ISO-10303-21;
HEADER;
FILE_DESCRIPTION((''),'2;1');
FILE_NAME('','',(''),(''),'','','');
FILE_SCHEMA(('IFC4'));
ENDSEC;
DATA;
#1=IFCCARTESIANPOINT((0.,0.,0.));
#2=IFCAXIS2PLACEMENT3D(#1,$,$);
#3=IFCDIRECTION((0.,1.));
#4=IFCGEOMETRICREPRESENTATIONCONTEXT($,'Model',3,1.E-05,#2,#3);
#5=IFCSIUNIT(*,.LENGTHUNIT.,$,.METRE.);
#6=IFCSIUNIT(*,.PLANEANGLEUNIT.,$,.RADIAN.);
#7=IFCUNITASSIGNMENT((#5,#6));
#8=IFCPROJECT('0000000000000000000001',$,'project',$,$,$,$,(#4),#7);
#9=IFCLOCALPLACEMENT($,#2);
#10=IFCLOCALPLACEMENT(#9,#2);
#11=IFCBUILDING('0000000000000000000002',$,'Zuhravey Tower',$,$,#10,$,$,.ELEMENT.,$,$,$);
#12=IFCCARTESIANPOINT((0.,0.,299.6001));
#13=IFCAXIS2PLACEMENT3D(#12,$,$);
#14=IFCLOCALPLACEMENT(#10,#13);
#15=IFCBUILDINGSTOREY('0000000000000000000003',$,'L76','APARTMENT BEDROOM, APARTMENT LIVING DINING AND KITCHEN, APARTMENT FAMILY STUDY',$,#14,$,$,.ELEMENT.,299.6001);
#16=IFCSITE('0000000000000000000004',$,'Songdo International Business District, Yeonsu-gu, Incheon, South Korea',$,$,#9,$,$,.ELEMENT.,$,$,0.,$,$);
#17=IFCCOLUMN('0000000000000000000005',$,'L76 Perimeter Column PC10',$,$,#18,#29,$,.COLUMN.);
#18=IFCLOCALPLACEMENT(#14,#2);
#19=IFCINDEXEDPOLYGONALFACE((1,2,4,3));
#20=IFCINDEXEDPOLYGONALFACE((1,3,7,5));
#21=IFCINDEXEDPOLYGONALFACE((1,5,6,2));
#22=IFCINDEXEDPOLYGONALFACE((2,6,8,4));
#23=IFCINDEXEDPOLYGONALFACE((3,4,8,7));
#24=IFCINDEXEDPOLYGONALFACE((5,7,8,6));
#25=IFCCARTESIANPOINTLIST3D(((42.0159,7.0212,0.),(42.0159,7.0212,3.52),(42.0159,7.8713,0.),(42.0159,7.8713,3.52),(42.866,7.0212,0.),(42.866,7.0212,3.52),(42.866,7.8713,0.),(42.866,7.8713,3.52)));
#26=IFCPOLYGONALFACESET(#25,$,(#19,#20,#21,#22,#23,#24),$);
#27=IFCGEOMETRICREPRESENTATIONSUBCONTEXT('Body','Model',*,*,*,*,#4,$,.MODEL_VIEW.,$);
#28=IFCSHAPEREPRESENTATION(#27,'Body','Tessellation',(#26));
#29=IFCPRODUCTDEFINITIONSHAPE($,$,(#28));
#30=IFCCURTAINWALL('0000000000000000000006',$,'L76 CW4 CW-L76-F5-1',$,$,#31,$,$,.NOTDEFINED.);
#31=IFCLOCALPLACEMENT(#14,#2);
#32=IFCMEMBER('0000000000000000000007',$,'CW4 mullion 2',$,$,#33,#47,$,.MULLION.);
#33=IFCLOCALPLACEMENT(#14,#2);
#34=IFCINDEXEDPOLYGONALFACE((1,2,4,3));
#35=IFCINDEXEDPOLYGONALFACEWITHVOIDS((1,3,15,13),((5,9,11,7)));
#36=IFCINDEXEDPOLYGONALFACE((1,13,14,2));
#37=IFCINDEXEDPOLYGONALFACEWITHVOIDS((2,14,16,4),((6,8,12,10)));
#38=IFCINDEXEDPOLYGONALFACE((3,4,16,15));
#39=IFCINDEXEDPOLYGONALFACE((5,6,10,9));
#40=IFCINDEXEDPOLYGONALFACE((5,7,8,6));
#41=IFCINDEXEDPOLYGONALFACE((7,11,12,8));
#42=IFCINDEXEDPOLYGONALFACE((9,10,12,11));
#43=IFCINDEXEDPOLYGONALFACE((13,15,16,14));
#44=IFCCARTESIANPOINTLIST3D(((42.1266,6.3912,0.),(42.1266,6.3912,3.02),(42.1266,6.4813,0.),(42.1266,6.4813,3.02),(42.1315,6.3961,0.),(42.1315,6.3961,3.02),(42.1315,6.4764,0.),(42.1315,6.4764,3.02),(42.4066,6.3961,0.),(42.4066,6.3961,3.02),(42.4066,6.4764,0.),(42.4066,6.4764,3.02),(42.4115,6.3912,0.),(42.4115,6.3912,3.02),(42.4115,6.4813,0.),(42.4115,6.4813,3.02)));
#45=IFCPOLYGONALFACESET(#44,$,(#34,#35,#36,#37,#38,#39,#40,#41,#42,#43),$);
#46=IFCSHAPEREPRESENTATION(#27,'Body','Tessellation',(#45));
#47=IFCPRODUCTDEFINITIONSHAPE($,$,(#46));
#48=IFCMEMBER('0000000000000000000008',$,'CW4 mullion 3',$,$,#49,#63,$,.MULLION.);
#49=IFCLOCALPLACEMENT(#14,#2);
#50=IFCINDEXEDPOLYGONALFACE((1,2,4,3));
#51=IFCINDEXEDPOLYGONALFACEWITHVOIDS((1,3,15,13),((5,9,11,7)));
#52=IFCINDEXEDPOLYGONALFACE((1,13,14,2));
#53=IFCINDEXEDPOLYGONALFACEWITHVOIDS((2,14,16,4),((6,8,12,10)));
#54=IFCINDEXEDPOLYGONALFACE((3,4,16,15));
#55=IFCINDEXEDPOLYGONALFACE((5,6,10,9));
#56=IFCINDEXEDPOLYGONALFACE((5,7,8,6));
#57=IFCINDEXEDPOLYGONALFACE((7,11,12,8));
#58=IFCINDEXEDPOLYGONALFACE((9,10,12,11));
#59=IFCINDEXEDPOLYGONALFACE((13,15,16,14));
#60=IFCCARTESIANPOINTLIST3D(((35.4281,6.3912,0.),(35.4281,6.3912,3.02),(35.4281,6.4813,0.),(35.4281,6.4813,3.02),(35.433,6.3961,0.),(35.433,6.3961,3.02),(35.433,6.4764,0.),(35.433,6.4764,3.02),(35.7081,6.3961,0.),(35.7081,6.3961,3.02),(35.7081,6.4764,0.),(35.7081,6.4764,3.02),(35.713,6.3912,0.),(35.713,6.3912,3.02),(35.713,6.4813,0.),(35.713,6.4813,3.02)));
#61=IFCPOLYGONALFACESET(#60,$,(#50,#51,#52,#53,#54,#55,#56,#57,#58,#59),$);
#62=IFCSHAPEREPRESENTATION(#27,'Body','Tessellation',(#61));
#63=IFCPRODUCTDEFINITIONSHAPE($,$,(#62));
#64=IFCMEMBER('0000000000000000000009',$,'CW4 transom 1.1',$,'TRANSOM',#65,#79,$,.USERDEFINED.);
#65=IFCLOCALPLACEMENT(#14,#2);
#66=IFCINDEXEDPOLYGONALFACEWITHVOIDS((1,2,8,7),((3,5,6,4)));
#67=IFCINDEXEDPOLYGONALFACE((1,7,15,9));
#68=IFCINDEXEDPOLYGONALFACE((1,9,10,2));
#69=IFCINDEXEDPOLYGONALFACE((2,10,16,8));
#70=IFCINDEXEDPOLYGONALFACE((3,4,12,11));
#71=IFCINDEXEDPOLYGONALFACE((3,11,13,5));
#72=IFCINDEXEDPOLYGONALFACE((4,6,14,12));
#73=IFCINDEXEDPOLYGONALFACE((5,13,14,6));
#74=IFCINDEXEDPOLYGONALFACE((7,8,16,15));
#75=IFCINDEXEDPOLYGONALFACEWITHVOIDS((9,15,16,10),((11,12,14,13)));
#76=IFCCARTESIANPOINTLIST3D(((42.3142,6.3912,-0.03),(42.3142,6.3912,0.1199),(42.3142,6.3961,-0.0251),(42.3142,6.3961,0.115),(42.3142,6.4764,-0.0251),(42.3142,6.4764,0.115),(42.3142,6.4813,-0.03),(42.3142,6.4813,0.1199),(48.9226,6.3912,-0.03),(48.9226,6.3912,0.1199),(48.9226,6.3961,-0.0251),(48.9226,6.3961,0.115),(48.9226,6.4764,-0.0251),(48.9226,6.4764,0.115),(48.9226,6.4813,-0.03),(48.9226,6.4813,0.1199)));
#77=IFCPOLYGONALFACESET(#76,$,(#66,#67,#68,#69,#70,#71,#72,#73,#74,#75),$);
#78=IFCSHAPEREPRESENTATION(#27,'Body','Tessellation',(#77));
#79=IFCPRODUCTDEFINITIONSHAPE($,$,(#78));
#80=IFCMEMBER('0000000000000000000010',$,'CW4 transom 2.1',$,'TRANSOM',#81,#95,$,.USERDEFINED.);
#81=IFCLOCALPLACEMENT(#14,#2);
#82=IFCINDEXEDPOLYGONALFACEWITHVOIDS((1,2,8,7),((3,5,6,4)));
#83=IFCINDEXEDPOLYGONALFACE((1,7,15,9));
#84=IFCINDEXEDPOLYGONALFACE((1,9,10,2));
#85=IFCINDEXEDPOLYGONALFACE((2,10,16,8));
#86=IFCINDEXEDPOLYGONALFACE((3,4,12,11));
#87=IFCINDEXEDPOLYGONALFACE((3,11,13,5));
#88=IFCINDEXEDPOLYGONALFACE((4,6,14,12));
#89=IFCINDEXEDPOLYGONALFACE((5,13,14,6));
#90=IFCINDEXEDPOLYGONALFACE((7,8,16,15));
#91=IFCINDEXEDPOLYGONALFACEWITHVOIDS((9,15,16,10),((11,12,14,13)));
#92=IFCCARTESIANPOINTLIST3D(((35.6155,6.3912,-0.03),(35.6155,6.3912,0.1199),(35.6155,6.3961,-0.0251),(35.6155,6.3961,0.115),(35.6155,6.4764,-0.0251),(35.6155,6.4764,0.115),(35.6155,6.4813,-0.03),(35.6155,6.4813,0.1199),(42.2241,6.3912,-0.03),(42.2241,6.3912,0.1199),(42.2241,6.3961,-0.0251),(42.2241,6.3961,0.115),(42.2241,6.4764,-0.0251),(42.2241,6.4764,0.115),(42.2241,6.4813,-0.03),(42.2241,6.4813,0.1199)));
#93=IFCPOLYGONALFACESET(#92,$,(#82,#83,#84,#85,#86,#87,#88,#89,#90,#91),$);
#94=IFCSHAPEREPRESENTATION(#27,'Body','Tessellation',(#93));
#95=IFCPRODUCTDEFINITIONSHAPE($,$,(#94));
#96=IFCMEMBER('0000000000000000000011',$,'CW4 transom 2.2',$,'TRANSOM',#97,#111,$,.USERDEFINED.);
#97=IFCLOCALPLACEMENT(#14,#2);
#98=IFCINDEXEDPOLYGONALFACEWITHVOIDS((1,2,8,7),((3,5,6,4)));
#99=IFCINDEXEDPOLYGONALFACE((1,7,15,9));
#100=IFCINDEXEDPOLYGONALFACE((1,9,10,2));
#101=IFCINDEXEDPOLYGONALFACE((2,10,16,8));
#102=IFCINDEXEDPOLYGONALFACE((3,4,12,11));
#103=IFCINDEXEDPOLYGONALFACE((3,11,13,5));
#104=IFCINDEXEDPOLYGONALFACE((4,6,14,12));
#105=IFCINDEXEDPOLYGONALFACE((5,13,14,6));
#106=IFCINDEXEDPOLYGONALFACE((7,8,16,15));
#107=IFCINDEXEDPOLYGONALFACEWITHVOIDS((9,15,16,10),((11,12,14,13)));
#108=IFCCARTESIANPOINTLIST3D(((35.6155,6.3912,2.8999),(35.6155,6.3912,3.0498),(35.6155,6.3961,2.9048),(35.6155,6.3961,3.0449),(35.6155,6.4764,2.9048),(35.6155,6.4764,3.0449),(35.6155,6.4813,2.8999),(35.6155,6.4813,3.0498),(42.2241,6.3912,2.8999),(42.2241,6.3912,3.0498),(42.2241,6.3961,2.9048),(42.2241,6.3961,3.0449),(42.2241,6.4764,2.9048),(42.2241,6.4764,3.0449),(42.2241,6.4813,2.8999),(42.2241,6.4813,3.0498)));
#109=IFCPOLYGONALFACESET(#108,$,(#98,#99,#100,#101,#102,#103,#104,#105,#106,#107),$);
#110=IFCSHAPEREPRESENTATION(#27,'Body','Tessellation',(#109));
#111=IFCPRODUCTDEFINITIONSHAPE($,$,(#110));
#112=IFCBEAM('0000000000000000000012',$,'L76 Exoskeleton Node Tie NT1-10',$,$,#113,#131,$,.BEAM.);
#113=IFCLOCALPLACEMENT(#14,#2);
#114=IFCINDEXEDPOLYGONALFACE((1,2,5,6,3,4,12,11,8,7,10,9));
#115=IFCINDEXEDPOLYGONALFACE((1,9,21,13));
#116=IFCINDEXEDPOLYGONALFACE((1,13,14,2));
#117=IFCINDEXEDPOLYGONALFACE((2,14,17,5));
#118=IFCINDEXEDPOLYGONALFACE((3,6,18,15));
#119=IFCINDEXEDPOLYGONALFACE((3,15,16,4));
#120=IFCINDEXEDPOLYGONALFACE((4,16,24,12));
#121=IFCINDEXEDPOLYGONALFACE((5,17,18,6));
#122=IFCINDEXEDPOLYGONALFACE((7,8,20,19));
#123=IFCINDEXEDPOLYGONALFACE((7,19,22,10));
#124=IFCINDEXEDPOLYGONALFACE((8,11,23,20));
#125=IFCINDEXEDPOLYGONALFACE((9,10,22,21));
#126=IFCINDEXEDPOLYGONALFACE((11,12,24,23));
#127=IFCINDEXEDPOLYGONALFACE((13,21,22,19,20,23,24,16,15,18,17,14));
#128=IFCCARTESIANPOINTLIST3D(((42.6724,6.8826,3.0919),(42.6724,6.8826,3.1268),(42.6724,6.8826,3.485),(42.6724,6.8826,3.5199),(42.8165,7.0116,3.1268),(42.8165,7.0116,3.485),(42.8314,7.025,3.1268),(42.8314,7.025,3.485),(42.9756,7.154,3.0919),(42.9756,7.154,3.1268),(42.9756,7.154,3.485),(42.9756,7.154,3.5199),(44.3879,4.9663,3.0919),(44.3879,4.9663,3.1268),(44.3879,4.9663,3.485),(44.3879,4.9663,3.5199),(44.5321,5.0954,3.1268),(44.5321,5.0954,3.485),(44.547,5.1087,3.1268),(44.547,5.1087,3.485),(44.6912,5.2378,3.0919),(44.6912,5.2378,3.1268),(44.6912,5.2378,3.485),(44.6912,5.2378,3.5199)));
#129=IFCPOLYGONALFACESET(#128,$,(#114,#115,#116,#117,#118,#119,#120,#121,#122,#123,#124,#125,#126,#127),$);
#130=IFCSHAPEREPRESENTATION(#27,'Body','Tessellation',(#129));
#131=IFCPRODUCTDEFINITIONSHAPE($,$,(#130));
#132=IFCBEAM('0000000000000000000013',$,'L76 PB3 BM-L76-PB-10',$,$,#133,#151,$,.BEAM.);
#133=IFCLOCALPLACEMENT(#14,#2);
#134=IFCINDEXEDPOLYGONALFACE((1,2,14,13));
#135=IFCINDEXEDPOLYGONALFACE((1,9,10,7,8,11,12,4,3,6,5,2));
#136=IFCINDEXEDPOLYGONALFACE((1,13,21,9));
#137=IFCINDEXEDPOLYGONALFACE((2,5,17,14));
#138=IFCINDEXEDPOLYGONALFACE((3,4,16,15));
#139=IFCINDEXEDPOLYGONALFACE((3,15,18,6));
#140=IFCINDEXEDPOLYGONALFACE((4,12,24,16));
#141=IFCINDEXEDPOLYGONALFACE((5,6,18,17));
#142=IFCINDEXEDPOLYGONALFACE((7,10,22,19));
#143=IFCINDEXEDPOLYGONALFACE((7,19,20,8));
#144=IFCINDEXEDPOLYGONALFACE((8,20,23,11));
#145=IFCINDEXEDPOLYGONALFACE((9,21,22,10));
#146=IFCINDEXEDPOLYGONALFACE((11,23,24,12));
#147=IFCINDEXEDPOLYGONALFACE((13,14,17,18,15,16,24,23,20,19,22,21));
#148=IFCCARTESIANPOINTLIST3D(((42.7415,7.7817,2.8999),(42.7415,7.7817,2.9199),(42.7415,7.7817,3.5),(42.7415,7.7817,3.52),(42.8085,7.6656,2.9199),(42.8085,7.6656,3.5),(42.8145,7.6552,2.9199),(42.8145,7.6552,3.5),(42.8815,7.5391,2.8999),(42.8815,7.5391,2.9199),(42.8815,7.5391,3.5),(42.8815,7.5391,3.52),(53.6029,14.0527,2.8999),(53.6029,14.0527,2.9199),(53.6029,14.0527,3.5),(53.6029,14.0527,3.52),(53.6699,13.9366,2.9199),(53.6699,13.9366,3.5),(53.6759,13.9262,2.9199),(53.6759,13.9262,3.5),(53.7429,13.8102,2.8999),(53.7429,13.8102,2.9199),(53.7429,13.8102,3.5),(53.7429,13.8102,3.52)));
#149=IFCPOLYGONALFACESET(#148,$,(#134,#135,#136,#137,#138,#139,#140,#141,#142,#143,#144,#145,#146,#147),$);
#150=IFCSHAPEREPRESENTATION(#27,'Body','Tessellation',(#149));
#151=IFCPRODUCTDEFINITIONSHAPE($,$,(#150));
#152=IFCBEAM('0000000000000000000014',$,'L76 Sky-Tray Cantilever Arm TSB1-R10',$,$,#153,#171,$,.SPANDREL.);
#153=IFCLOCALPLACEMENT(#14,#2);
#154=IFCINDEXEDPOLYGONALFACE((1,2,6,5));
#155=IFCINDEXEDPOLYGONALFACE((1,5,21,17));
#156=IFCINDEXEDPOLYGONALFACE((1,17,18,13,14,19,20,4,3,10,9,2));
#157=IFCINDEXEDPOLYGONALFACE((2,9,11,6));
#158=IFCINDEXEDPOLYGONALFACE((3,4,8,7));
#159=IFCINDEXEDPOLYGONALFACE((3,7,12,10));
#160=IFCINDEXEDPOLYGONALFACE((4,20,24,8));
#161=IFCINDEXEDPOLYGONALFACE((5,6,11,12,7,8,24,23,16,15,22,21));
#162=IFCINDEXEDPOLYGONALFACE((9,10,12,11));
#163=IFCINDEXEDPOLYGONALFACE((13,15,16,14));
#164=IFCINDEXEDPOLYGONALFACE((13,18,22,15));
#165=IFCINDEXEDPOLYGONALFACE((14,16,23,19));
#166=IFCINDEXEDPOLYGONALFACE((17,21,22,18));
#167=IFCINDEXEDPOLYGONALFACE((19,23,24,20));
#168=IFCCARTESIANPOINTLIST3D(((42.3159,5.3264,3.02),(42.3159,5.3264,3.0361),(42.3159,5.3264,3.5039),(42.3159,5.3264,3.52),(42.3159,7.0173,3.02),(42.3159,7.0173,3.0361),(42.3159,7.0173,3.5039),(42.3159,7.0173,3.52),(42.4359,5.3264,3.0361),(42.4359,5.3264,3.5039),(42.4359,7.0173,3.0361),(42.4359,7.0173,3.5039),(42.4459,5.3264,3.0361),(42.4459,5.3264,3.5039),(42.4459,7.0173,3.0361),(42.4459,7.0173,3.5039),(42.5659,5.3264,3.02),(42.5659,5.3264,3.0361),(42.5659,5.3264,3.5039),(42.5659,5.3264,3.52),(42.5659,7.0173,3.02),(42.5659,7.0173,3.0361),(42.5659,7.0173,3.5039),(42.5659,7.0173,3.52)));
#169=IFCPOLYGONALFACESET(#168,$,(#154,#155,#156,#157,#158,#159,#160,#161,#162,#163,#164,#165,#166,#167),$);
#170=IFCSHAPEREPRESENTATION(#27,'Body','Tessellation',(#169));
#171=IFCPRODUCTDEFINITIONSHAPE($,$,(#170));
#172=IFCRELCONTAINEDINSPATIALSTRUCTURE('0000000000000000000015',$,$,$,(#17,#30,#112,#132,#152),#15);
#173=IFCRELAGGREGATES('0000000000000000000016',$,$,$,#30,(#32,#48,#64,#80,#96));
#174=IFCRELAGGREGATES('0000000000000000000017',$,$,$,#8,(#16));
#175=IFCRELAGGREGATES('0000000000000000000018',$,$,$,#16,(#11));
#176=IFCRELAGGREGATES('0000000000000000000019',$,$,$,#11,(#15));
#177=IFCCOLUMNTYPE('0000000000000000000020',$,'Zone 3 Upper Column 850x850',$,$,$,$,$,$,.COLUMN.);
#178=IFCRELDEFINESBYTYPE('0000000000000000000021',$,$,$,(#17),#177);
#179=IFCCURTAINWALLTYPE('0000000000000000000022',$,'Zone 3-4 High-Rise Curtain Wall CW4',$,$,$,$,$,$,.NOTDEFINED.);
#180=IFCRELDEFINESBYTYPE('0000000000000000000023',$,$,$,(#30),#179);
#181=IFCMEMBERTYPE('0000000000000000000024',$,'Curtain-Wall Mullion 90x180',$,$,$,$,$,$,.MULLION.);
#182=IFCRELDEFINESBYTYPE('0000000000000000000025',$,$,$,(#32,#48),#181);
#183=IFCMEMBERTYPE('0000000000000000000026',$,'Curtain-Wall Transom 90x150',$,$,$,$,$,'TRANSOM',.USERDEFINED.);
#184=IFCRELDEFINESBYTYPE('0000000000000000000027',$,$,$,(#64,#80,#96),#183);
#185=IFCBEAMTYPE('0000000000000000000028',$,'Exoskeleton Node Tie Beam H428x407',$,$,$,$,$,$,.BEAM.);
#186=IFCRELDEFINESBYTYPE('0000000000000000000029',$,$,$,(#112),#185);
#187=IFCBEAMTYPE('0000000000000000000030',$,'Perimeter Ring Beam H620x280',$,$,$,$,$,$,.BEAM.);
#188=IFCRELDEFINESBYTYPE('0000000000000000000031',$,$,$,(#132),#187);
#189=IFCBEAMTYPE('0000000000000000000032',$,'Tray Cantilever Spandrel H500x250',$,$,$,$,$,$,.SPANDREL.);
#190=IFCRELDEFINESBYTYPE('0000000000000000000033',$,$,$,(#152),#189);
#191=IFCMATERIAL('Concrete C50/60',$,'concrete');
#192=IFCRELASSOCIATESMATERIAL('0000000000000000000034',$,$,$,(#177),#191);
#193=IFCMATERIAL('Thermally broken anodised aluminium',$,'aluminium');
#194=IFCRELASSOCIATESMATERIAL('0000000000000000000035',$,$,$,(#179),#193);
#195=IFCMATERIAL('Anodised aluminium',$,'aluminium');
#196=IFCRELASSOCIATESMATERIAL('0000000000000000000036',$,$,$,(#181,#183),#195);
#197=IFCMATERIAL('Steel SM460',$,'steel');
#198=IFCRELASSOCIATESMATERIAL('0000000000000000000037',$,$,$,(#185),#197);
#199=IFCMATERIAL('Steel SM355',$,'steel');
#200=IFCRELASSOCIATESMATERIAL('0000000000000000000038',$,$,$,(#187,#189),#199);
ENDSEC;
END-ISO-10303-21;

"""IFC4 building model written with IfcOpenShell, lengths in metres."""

from ifc_helpers import new_model, si_unit, direction, frame, origin, origin_2d, place, context, subcontext, project, spatial, rectangle, hollow_rectangle, i_section, extrude, material, material_profile, profile_set, type_object, element, aggregate, save


model = new_model("IFC4")

# Units and contexts
model_context = context("Model", 3, precision=1e-05, world=origin(), true_north=direction((0.0, 1.0)))
body_context = subcontext(model_context, "Body", "Model", "MODEL_VIEW")
ifc_project = project(units=[si_unit("LENGTHUNIT", "METRE"), si_unit("PLANEANGLEUNIT", "RADIAN")], contexts=[model_context])

# Site, building, storey
site_placement = place(None, origin())
site = spatial("IfcSite", under=ifc_project, at=site_placement, Name="Songdo International Business District, Yeonsu-gu, Incheon, South Korea", CompositionType="ELEMENT", RefElevation=0.0)
building_placement = place(site_placement, origin())
building = spatial("IfcBuilding", under=site, at=building_placement, Name="Zuhravey Tower", CompositionType="ELEMENT")
storey_placement = place(building_placement, frame((0.0, 0.0, 299.6001)))
storey = spatial("IfcBuildingStorey", under=building, at=storey_placement, Name="L76", Description="APARTMENT BEDROOM, APARTMENT LIVING DINING AND KITCHEN, APARTMENT FAMILY STUDY", CompositionType="ELEMENT", Elevation=299.6001)

# Column
ifc_material_1 = material(Name="Concrete C50/60", Category="concrete")
ifc_material_profile_1 = material_profile(ifc_material_1, rectangle(XDim=0.8501, YDim=0.8501, at=origin_2d()), Name="RC-850x850")
ifc_profile_set_1 = profile_set([ifc_material_profile_1], Name="Concrete C50/60")
column_type = type_object("IfcColumnType", Name="Zone 3 Upper Column 850x850", PredefinedType="COLUMN", material=ifc_profile_set_1)
column_placement = place(storey_placement, frame((42.4409, 7.4463, 0.0), z_axis=(0.0, 0.0, 1.0), x_axis=(1.0, 0.0, 0.0)))
element("IfcColumn", 1, at=column_placement, inside=storey, type_object=column_type, Name="L76 Perimeter Column PC10", PredefinedType="COLUMN", context=body_context, shape_type="SweptSolid", body=[
    extrude(rectangle(XDim=0.8501, YDim=0.8501, at=origin_2d()), origin(), (0.0, 0.0, 1.0), 3.52),
])

# Curtain wall, members
ifc_material_2 = material(Name="Thermally broken anodised aluminium", Category="aluminium")
curtain_wall_type = type_object("IfcCurtainWallType", Name="Zone 3-4 High-Rise Curtain Wall CW4", PredefinedType="NOTDEFINED", material=ifc_material_2)
curtain_wall_placement = place(storey_placement, origin())
curtain_wall = element("IfcCurtainWall", 2, at=curtain_wall_placement, inside=storey, type_object=curtain_wall_type, Name="L76 CW4 CW-L76-F5-1", PredefinedType="NOTDEFINED")
ifc_material_3 = material(Name="Anodised aluminium", Category="aluminium")
ifc_material_profile_2 = material_profile(ifc_material_3, hollow_rectangle(XDim=0.0901, YDim=0.2849, WallThickness=0.0049, at=origin_2d()), Name="ALU-RHS-90x285x5")
ifc_profile_set_2 = profile_set([ifc_material_profile_2], Name="Anodised aluminium")
member_type_1 = type_object("IfcMemberType", Name="Curtain-Wall Mullion 90x180", PredefinedType="MULLION", material=ifc_profile_set_2)
member_1_placement = place(storey_placement, frame((42.269, 6.4363, 0.0), z_axis=(0.0, 0.0, 1.0), x_axis=(0.0, -1.0, 0.0)))
member_1 = element("IfcMember", 3, at=member_1_placement, type_object=member_type_1, Name="CW4 mullion 2", PredefinedType="MULLION", context=body_context, shape_type="SweptSolid", body=[
    extrude(hollow_rectangle(XDim=0.0901, YDim=0.2849, WallThickness=0.0049, at=origin_2d()), origin(), (0.0, 0.0, 1.0), 3.02),
])
member_2_placement = place(storey_placement, frame((35.5706, 6.4363, 0.0), z_axis=(0.0, 0.0, 1.0), x_axis=(0.0, -1.0, 0.0)))
member_2 = element("IfcMember", 4, at=member_2_placement, type_object=member_type_1, Name="CW4 mullion 3", PredefinedType="MULLION", context=body_context, shape_type="SweptSolid", body=[
    extrude(hollow_rectangle(XDim=0.0901, YDim=0.2849, WallThickness=0.0049, at=origin_2d()), origin(), (0.0, 0.0, 1.0), 3.02),
])
ifc_material_profile_3 = material_profile(ifc_material_3, hollow_rectangle(XDim=0.0901, YDim=0.1499, WallThickness=0.0049, at=origin_2d()), Name="ALU-RHS-90x150x5")
ifc_profile_set_3 = profile_set([ifc_material_profile_3], Name="Anodised aluminium")
member_type_2 = type_object("IfcMemberType", Name="Curtain-Wall Transom 90x150", ElementType="TRANSOM", PredefinedType="USERDEFINED", material=ifc_profile_set_3)
member_3_placement = place(storey_placement, frame((48.9226, 6.4363, 0.0449), z_axis=(-1.0, 0.0, 0.0), x_axis=(0.0, -1.0, 0.0)))
member_3 = element("IfcMember", 5, at=member_3_placement, type_object=member_type_2, Name="CW4 transom 1.1", ObjectType="TRANSOM", PredefinedType="USERDEFINED", context=body_context, shape_type="SweptSolid", body=[
    extrude(hollow_rectangle(XDim=0.0901, YDim=0.1499, WallThickness=0.0049, at=origin_2d()), origin(), (0.0, 0.0, 1.0), 6.6084),
])
member_4_placement = place(storey_placement, frame((42.2241, 6.4363, 0.0449), z_axis=(-1.0, 0.0, 0.0), x_axis=(0.0, -1.0, 0.0)))
member_4 = element("IfcMember", 6, at=member_4_placement, type_object=member_type_2, Name="CW4 transom 2.1", ObjectType="TRANSOM", PredefinedType="USERDEFINED", context=body_context, shape_type="SweptSolid", body=[
    extrude(hollow_rectangle(XDim=0.0901, YDim=0.1499, WallThickness=0.0049, at=origin_2d()), origin(), (0.0, 0.0, 1.0), 6.6086),
])
member_5_placement = place(storey_placement, frame((42.2241, 6.4363, 2.9749), z_axis=(-1.0, 0.0, 0.0), x_axis=(0.0, -1.0, 0.0)))
member_5 = element("IfcMember", 7, at=member_5_placement, type_object=member_type_2, Name="CW4 transom 2.2", ObjectType="TRANSOM", PredefinedType="USERDEFINED", context=body_context, shape_type="SweptSolid", body=[
    extrude(hollow_rectangle(XDim=0.0901, YDim=0.1499, WallThickness=0.0049, at=origin_2d()), origin(), (0.0, 0.0, 1.0), 6.6086),
])

# Beams
ifc_material_4 = material(Name="Steel SM460", Category="steel")
ifc_material_profile_4 = material_profile(ifc_material_4, i_section(OverallWidth=0.407, OverallDepth=0.428, WebThickness=0.02, FlangeThickness=0.0349, at=origin_2d()), Name="H-428x407x20x35")
ifc_profile_set_4 = profile_set([ifc_material_profile_4], Name="Steel SM460")
beam_type_1 = type_object("IfcBeamType", Name="Exoskeleton Node Tie Beam H428x407", PredefinedType="BEAM", material=ifc_profile_set_4)
beam_1_placement = place(storey_placement, frame((42.824, 7.0183, 3.3059), z_axis=(0.667017, -0.745043, 0.0), x_axis=(0.745043, 0.667017, 0.0)))
element("IfcBeam", 8, at=beam_1_placement, inside=storey, type_object=beam_type_1, Name="L76 Exoskeleton Node Tie NT1-10", PredefinedType="BEAM", context=body_context, shape_type="SweptSolid", body=[
    extrude(i_section(OverallWidth=0.407, OverallDepth=0.428, WebThickness=0.02, FlangeThickness=0.0349, at=origin_2d()), origin(), (0.0, 0.0, 1.0), 2.572),
])
ifc_material_5 = material(Name="Steel SM355", Category="steel")
ifc_material_profile_5 = material_profile(ifc_material_5, i_section(OverallWidth=0.28, OverallDepth=0.6201, WebThickness=0.012, FlangeThickness=0.02, at=origin_2d()), Name="H-620x280x12x20")
ifc_profile_set_5 = profile_set([ifc_material_profile_5], Name="Steel SM355")
beam_type_2 = type_object("IfcBeamType", Name="Perimeter Ring Beam H620x280", PredefinedType="BEAM", material=ifc_profile_set_5)
beam_2_placement = place(storey_placement, frame((42.8115, 7.6604, 3.21), z_axis=(0.866018, 0.500012, 0.0), x_axis=(-0.500012, 0.866018, 0.0)))
element("IfcBeam", 9, at=beam_2_placement, inside=storey, type_object=beam_type_2, Name="L76 PB3 BM-L76-PB-10", PredefinedType="BEAM", context=body_context, shape_type="SweptSolid", body=[
    extrude(i_section(OverallWidth=0.28, OverallDepth=0.6201, WebThickness=0.012, FlangeThickness=0.02, at=origin_2d()), origin(), (0.0, 0.0, 1.0), 12.5417),
])
ifc_material_profile_6 = material_profile(ifc_material_5, i_section(OverallWidth=0.25, OverallDepth=0.5, WebThickness=0.01, FlangeThickness=0.0161, at=origin_2d()), Name="H-500x250x10x16")
ifc_profile_set_6 = profile_set([ifc_material_profile_6], Name="Steel SM355")
beam_type_3 = type_object("IfcBeamType", Name="Tray Cantilever Spandrel H500x250", PredefinedType="SPANDREL", material=ifc_profile_set_6)
beam_3_placement = place(storey_placement, frame((42.4409, 7.0173, 3.27), z_axis=(0.0, -1.0, 0.0), x_axis=(1.0, 0.0, 0.0)))
element("IfcBeam", 10, at=beam_3_placement, inside=storey, type_object=beam_type_3, Name="L76 Sky-Tray Cantilever Arm TSB1-R10", PredefinedType="SPANDREL", context=body_context, shape_type="SweptSolid", body=[
    extrude(i_section(OverallWidth=0.25, OverallDepth=0.5, WebThickness=0.01, FlangeThickness=0.0161, at=origin_2d()), origin(), (0.0, 0.0, 1.0), 1.6909),
])

aggregate(curtain_wall, [member_1, member_2, member_3, member_4, member_5])

save(model, "model.ifc")
